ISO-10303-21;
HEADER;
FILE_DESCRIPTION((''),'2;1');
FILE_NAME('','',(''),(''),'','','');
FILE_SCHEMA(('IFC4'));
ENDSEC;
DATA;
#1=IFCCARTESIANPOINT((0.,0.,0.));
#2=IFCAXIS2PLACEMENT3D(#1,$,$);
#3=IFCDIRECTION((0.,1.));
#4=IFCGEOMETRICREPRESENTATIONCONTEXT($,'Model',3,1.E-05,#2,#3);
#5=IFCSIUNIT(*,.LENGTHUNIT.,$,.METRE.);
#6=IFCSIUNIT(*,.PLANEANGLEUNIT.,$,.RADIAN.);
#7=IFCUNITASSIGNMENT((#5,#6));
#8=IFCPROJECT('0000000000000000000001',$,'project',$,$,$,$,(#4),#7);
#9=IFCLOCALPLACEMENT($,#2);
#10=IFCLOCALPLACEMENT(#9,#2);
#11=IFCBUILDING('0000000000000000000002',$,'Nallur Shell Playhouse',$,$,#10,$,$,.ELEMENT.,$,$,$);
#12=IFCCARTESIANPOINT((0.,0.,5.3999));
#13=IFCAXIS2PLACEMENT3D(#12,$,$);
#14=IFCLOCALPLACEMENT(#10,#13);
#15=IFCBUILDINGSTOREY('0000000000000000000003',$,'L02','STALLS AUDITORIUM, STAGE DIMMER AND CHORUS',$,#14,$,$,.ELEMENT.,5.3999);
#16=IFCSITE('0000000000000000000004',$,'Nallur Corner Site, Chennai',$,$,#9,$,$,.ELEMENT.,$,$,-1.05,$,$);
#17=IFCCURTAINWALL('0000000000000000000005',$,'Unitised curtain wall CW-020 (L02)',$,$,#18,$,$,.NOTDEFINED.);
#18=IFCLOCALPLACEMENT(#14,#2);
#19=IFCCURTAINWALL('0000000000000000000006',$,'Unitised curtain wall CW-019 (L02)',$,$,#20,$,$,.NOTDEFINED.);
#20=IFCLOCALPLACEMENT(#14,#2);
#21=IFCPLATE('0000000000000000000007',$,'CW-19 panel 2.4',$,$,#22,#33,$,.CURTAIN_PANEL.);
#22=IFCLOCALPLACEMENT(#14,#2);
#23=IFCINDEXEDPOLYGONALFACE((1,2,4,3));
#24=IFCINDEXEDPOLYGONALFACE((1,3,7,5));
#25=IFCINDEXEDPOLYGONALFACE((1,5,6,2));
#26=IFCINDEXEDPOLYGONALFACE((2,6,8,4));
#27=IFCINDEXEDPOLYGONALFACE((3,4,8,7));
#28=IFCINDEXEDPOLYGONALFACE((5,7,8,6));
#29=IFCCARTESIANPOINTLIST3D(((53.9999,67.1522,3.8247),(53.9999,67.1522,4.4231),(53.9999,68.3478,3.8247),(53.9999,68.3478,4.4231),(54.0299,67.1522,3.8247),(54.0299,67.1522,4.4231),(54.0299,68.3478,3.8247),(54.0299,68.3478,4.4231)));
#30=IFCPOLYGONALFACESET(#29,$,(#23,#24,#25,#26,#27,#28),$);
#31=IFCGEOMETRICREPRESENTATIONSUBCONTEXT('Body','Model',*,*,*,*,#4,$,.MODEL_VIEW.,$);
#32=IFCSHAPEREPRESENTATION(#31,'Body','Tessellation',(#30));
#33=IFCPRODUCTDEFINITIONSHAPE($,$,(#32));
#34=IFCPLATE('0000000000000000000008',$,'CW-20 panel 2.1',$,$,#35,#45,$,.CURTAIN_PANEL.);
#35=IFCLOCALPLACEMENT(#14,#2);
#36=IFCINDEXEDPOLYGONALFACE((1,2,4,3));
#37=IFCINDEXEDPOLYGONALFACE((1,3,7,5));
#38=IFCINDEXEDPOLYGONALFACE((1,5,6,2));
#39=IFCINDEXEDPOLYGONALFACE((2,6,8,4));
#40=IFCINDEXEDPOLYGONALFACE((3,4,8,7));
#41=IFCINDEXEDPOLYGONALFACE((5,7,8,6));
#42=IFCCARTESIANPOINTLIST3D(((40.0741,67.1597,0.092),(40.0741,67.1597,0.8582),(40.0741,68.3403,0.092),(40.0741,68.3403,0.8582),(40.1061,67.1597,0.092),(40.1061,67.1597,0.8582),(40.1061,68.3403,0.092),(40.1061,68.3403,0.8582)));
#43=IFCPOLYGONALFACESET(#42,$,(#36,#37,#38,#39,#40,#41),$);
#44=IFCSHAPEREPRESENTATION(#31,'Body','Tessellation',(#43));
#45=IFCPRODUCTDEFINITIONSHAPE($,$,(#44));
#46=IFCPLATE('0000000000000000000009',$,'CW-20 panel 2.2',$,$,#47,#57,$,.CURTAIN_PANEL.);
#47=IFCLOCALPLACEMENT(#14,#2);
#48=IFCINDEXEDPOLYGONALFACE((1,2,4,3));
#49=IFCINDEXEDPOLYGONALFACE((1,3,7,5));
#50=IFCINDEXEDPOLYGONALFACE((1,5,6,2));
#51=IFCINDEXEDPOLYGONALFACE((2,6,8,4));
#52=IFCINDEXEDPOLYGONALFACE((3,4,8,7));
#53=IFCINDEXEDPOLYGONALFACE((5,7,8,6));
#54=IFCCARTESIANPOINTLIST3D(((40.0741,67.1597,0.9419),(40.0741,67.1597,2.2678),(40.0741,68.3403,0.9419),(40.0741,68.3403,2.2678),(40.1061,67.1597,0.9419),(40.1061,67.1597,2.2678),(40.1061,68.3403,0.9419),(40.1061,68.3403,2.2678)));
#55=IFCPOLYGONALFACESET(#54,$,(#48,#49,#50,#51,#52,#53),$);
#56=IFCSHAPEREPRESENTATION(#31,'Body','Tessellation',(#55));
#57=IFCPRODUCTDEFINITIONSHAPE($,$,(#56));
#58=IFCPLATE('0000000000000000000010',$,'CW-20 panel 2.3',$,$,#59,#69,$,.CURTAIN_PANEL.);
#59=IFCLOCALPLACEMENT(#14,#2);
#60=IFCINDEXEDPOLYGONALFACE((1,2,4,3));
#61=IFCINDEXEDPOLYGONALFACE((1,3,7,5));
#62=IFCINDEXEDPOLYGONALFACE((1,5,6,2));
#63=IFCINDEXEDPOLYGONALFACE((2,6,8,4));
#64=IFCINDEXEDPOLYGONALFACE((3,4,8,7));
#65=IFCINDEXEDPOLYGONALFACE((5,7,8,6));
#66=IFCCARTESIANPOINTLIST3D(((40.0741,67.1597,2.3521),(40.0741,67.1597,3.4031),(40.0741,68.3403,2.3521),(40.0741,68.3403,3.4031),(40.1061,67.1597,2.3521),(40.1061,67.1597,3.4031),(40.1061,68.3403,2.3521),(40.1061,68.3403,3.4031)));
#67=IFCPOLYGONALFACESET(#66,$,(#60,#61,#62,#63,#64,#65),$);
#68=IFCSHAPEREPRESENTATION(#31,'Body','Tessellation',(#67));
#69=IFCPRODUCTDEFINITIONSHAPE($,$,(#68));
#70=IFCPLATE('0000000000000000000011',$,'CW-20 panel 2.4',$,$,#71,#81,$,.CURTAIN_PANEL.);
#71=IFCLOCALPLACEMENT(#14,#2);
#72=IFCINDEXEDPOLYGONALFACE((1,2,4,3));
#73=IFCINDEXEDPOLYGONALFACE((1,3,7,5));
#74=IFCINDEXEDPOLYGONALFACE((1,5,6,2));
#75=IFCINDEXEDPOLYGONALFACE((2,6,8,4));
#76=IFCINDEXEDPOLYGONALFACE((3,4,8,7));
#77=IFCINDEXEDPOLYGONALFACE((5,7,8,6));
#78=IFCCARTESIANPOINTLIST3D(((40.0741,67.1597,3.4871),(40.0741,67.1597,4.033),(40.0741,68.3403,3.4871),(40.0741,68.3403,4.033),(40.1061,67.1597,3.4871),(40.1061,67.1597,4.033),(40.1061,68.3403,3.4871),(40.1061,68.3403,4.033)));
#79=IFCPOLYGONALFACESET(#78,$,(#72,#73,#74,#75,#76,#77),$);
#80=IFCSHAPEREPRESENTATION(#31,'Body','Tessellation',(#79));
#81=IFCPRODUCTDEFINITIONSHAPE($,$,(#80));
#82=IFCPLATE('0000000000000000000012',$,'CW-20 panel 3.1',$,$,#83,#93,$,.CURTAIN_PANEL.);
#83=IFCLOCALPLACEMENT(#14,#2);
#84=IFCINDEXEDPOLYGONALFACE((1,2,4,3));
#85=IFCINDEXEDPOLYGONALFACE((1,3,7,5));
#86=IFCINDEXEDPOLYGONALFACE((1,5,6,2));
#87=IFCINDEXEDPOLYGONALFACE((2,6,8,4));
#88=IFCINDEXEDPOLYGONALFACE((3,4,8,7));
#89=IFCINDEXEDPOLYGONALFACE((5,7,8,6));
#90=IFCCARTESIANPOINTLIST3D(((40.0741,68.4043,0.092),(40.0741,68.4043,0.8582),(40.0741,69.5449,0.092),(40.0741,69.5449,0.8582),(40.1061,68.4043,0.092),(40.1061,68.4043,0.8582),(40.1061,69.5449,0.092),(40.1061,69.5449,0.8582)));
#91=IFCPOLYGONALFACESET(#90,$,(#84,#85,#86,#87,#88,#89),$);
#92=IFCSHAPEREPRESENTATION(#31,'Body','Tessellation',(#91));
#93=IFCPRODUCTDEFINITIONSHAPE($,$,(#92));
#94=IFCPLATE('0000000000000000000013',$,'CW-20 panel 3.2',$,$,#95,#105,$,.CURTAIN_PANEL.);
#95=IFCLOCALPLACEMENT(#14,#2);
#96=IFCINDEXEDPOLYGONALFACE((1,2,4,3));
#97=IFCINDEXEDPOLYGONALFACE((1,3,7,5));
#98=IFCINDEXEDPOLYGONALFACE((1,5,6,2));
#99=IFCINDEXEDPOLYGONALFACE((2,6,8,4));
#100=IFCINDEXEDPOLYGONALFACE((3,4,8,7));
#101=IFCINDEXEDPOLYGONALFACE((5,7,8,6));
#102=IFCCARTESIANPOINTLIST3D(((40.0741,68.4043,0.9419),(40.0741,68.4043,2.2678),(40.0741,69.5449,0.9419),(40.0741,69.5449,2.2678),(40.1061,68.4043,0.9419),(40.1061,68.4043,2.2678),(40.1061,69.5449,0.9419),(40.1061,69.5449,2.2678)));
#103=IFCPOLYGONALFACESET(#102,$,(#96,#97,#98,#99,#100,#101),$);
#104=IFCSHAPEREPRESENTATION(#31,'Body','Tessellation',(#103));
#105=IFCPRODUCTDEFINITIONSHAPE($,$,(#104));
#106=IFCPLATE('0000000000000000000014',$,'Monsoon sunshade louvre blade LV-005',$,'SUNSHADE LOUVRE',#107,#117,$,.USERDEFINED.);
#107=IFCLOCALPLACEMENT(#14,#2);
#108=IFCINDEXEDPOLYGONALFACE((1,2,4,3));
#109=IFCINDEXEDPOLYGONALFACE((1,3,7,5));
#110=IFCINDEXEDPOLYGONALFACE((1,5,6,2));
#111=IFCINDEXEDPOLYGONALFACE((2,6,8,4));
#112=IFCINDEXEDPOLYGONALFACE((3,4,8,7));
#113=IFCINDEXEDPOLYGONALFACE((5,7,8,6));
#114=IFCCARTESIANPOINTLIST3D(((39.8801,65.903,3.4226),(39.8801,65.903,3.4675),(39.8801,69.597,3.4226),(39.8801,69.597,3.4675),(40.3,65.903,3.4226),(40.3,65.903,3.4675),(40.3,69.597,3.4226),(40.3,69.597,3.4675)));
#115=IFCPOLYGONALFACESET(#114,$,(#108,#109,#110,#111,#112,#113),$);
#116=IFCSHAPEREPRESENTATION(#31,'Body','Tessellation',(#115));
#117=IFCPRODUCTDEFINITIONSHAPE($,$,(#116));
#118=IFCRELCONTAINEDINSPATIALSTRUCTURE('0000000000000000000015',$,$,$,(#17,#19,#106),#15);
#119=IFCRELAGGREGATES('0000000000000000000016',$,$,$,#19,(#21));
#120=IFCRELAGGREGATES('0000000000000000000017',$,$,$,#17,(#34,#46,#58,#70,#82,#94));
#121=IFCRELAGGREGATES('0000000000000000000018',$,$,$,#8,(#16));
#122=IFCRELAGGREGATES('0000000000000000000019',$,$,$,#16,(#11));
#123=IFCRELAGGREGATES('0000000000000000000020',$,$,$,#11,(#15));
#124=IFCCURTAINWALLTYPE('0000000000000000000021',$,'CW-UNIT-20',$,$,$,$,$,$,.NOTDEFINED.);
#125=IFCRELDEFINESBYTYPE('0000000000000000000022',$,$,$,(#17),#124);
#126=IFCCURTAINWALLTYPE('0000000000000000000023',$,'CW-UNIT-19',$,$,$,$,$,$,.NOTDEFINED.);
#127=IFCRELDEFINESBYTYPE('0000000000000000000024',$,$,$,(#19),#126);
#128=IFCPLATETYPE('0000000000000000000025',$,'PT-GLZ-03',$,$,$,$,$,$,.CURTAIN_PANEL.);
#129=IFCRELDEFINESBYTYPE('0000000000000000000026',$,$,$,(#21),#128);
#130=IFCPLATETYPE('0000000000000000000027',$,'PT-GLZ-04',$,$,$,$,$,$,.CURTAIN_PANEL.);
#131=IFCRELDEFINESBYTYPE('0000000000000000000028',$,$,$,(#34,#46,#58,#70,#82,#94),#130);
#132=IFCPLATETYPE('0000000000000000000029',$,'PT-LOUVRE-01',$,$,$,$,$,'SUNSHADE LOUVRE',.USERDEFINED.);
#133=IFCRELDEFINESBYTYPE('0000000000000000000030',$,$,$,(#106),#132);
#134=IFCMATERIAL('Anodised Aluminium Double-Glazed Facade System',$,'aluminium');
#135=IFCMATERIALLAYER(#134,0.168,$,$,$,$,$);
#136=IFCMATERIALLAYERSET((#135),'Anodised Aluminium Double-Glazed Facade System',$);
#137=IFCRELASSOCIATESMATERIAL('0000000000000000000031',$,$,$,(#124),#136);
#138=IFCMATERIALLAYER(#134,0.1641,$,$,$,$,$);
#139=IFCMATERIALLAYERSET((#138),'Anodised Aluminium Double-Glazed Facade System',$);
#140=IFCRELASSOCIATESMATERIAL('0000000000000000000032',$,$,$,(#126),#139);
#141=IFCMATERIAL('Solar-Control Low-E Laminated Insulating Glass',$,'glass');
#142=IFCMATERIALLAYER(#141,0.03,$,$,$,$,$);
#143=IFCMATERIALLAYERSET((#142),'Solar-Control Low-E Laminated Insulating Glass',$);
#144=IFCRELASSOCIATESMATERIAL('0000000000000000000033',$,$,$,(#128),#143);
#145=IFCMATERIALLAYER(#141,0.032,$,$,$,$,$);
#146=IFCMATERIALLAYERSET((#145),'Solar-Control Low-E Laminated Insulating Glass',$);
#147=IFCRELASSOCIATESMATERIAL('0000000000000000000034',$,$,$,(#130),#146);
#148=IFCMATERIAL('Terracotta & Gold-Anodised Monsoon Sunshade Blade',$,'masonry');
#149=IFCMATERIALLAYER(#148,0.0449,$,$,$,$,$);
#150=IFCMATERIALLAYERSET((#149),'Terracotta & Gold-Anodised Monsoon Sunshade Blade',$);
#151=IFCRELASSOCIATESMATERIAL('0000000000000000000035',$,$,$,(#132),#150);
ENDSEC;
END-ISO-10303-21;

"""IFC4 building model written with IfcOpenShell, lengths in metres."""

from ifc_helpers import new_model, si_unit, direction, frame, origin, origin_2d, place, context, subcontext, project, spatial, rectangle, extrude, material, layer, layer_set, type_object, element, aggregate, save


model = new_model("IFC4")

# Units and contexts
model_context = context("Model", 3, precision=1e-05, world=origin(), true_north=direction((0.0, 1.0)))
body_context = subcontext(model_context, "Body", "Model", "MODEL_VIEW")
ifc_project = project(units=[si_unit("LENGTHUNIT", "METRE"), si_unit("PLANEANGLEUNIT", "RADIAN")], contexts=[model_context])

# Site, building, storey
site_placement = place(None, origin())
site = spatial("IfcSite", under=ifc_project, at=site_placement, Name="Nallur Corner Site, Chennai", CompositionType="ELEMENT", RefElevation=-1.05)
building_placement = place(site_placement, origin())
building = spatial("IfcBuilding", under=site, at=building_placement, Name="Nallur Shell Playhouse", CompositionType="ELEMENT")
storey_placement = place(building_placement, frame((0.0, 0.0, 5.3999)))
storey = spatial("IfcBuildingStorey", under=building, at=storey_placement, Name="L02", Description="STALLS AUDITORIUM, STAGE DIMMER AND CHORUS", CompositionType="ELEMENT", Elevation=5.3999)

# Curtain walls
ifc_material_1 = material(Name="Anodised Aluminium Double-Glazed Facade System", Category="aluminium")
ifc_layer_1 = layer(ifc_material_1, 0.168)
ifc_layer_set_1 = layer_set([ifc_layer_1], Name="Anodised Aluminium Double-Glazed Facade System")
curtain_wall_type_1 = type_object("IfcCurtainWallType", Name="CW-UNIT-20", PredefinedType="NOTDEFINED", material=ifc_layer_set_1)
curtain_wall_1_placement = place(storey_placement, origin())
curtain_wall_1 = element("IfcCurtainWall", 1, at=curtain_wall_1_placement, inside=storey, type_object=curtain_wall_type_1, Name="Unitised curtain wall CW-020 (L02)", PredefinedType="NOTDEFINED")
ifc_layer_2 = layer(ifc_material_1, 0.1641)
ifc_layer_set_2 = layer_set([ifc_layer_2], Name="Anodised Aluminium Double-Glazed Facade System")
curtain_wall_type_2 = type_object("IfcCurtainWallType", Name="CW-UNIT-19", PredefinedType="NOTDEFINED", material=ifc_layer_set_2)
curtain_wall_2_placement = place(storey_placement, origin())
curtain_wall_2 = element("IfcCurtainWall", 2, at=curtain_wall_2_placement, inside=storey, type_object=curtain_wall_type_2, Name="Unitised curtain wall CW-019 (L02)", PredefinedType="NOTDEFINED")

# Plates
ifc_material_2 = material(Name="Solar-Control Low-E Laminated Insulating Glass", Category="glass")
ifc_layer_3 = layer(ifc_material_2, 0.03)
ifc_layer_set_3 = layer_set([ifc_layer_3], Name="Solar-Control Low-E Laminated Insulating Glass")
plate_type_1 = type_object("IfcPlateType", Name="PT-GLZ-03", PredefinedType="CURTAIN_PANEL", material=ifc_layer_set_3)
plate_1_placement = place(storey_placement, frame((54.0149, 67.75, 3.8247), z_axis=(0.0, 0.0, 1.0), x_axis=(0.0, -1.0, 0.0)))
plate_1 = element("IfcPlate", 3, at=plate_1_placement, type_object=plate_type_1, Name="CW-19 panel 2.4", PredefinedType="CURTAIN_PANEL", context=body_context, shape_type="SweptSolid", body=[
    extrude(rectangle(XDim=1.1956, YDim=0.03, at=origin_2d()), origin(), (0.0, 0.0, 1.0), 0.5984),
])
aggregate(curtain_wall_2, [plate_1])
ifc_layer_4 = layer(ifc_material_2, 0.032)
ifc_layer_set_4 = layer_set([ifc_layer_4], Name="Solar-Control Low-E Laminated Insulating Glass")
plate_type_2 = type_object("IfcPlateType", Name="PT-GLZ-04", PredefinedType="CURTAIN_PANEL", material=ifc_layer_set_4)
plate_2_placement = place(storey_placement, frame((40.0901, 67.75, 0.092), z_axis=(0.0, 0.0, 1.0), x_axis=(0.0, 1.0, 0.0)))
plate_2 = element("IfcPlate", 4, at=plate_2_placement, type_object=plate_type_2, Name="CW-20 panel 2.1", PredefinedType="CURTAIN_PANEL", context=body_context, shape_type="SweptSolid", body=[
    extrude(rectangle(XDim=1.1807, YDim=0.032, at=origin_2d()), origin(), (0.0, 0.0, 1.0), 0.7661),
])
plate_3_placement = place(storey_placement, frame((40.0901, 67.75, 0.9419), z_axis=(0.0, 0.0, 1.0), x_axis=(0.0, 1.0, 0.0)))
plate_3 = element("IfcPlate", 5, at=plate_3_placement, type_object=plate_type_2, Name="CW-20 panel 2.2", PredefinedType="CURTAIN_PANEL", context=body_context, shape_type="SweptSolid", body=[
    extrude(rectangle(XDim=1.1807, YDim=0.032, at=origin_2d()), origin(), (0.0, 0.0, 1.0), 1.3259),
])
plate_4_placement = place(storey_placement, frame((40.0901, 67.75, 2.3521), z_axis=(0.0, 0.0, 1.0), x_axis=(0.0, 1.0, 0.0)))
plate_4 = element("IfcPlate", 6, at=plate_4_placement, type_object=plate_type_2, Name="CW-20 panel 2.3", PredefinedType="CURTAIN_PANEL", context=body_context, shape_type="SweptSolid", body=[
    extrude(rectangle(XDim=1.1807, YDim=0.032, at=origin_2d()), origin(), (0.0, 0.0, 1.0), 1.051),
])
plate_5_placement = place(storey_placement, frame((40.0901, 67.75, 3.4871), z_axis=(0.0, 0.0, 1.0), x_axis=(0.0, 1.0, 0.0)))
plate_5 = element("IfcPlate", 7, at=plate_5_placement, type_object=plate_type_2, Name="CW-20 panel 2.4", PredefinedType="CURTAIN_PANEL", context=body_context, shape_type="SweptSolid", body=[
    extrude(rectangle(XDim=1.1807, YDim=0.032, at=origin_2d()), origin(), (0.0, 0.0, 1.0), 0.5459),
])
plate_6_placement = place(storey_placement, frame((40.0901, 68.9746, 0.092), z_axis=(0.0, 0.0, 1.0), x_axis=(0.0, 1.0, 0.0)))
plate_6 = element("IfcPlate", 8, at=plate_6_placement, type_object=plate_type_2, Name="CW-20 panel 3.1", PredefinedType="CURTAIN_PANEL", context=body_context, shape_type="SweptSolid", body=[
    extrude(rectangle(XDim=1.1406, YDim=0.032, at=origin_2d()), origin(), (0.0, 0.0, 1.0), 0.7661),
])
plate_7_placement = place(storey_placement, frame((40.0901, 68.9746, 0.9419), z_axis=(0.0, 0.0, 1.0), x_axis=(0.0, 1.0, 0.0)))
plate_7 = element("IfcPlate", 9, at=plate_7_placement, type_object=plate_type_2, Name="CW-20 panel 3.2", PredefinedType="CURTAIN_PANEL", context=body_context, shape_type="SweptSolid", body=[
    extrude(rectangle(XDim=1.1406, YDim=0.032, at=origin_2d()), origin(), (0.0, 0.0, 1.0), 1.3259),
])
aggregate(curtain_wall_1, [plate_2, plate_3, plate_4, plate_5, plate_6, plate_7])
ifc_material_3 = material(Name="Terracotta & Gold-Anodised Monsoon Sunshade Blade", Category="masonry")
ifc_layer_5 = layer(ifc_material_3, 0.0449)
ifc_layer_set_5 = layer_set([ifc_layer_5], Name="Terracotta & Gold-Anodised Monsoon Sunshade Blade")
plate_type_3 = type_object("IfcPlateType", Name="PT-LOUVRE-01", ElementType="SUNSHADE LOUVRE", PredefinedType="USERDEFINED", material=ifc_layer_set_5)
plate_8_placement = place(storey_placement, frame((40.0901, 67.75, 3.4226), z_axis=(0.0, 0.0, 1.0), x_axis=(0.0, 1.0, 0.0)))
element("IfcPlate", 10, at=plate_8_placement, inside=storey, type_object=plate_type_3, Name="Monsoon sunshade louvre blade LV-005", ObjectType="SUNSHADE LOUVRE", PredefinedType="USERDEFINED", context=body_context, shape_type="SweptSolid", body=[
    extrude(rectangle(XDim=3.6941, YDim=0.4199, at=origin_2d()), origin(), (0.0, 0.0, 1.0), 0.0449),
])

save(model, "model.ifc")
